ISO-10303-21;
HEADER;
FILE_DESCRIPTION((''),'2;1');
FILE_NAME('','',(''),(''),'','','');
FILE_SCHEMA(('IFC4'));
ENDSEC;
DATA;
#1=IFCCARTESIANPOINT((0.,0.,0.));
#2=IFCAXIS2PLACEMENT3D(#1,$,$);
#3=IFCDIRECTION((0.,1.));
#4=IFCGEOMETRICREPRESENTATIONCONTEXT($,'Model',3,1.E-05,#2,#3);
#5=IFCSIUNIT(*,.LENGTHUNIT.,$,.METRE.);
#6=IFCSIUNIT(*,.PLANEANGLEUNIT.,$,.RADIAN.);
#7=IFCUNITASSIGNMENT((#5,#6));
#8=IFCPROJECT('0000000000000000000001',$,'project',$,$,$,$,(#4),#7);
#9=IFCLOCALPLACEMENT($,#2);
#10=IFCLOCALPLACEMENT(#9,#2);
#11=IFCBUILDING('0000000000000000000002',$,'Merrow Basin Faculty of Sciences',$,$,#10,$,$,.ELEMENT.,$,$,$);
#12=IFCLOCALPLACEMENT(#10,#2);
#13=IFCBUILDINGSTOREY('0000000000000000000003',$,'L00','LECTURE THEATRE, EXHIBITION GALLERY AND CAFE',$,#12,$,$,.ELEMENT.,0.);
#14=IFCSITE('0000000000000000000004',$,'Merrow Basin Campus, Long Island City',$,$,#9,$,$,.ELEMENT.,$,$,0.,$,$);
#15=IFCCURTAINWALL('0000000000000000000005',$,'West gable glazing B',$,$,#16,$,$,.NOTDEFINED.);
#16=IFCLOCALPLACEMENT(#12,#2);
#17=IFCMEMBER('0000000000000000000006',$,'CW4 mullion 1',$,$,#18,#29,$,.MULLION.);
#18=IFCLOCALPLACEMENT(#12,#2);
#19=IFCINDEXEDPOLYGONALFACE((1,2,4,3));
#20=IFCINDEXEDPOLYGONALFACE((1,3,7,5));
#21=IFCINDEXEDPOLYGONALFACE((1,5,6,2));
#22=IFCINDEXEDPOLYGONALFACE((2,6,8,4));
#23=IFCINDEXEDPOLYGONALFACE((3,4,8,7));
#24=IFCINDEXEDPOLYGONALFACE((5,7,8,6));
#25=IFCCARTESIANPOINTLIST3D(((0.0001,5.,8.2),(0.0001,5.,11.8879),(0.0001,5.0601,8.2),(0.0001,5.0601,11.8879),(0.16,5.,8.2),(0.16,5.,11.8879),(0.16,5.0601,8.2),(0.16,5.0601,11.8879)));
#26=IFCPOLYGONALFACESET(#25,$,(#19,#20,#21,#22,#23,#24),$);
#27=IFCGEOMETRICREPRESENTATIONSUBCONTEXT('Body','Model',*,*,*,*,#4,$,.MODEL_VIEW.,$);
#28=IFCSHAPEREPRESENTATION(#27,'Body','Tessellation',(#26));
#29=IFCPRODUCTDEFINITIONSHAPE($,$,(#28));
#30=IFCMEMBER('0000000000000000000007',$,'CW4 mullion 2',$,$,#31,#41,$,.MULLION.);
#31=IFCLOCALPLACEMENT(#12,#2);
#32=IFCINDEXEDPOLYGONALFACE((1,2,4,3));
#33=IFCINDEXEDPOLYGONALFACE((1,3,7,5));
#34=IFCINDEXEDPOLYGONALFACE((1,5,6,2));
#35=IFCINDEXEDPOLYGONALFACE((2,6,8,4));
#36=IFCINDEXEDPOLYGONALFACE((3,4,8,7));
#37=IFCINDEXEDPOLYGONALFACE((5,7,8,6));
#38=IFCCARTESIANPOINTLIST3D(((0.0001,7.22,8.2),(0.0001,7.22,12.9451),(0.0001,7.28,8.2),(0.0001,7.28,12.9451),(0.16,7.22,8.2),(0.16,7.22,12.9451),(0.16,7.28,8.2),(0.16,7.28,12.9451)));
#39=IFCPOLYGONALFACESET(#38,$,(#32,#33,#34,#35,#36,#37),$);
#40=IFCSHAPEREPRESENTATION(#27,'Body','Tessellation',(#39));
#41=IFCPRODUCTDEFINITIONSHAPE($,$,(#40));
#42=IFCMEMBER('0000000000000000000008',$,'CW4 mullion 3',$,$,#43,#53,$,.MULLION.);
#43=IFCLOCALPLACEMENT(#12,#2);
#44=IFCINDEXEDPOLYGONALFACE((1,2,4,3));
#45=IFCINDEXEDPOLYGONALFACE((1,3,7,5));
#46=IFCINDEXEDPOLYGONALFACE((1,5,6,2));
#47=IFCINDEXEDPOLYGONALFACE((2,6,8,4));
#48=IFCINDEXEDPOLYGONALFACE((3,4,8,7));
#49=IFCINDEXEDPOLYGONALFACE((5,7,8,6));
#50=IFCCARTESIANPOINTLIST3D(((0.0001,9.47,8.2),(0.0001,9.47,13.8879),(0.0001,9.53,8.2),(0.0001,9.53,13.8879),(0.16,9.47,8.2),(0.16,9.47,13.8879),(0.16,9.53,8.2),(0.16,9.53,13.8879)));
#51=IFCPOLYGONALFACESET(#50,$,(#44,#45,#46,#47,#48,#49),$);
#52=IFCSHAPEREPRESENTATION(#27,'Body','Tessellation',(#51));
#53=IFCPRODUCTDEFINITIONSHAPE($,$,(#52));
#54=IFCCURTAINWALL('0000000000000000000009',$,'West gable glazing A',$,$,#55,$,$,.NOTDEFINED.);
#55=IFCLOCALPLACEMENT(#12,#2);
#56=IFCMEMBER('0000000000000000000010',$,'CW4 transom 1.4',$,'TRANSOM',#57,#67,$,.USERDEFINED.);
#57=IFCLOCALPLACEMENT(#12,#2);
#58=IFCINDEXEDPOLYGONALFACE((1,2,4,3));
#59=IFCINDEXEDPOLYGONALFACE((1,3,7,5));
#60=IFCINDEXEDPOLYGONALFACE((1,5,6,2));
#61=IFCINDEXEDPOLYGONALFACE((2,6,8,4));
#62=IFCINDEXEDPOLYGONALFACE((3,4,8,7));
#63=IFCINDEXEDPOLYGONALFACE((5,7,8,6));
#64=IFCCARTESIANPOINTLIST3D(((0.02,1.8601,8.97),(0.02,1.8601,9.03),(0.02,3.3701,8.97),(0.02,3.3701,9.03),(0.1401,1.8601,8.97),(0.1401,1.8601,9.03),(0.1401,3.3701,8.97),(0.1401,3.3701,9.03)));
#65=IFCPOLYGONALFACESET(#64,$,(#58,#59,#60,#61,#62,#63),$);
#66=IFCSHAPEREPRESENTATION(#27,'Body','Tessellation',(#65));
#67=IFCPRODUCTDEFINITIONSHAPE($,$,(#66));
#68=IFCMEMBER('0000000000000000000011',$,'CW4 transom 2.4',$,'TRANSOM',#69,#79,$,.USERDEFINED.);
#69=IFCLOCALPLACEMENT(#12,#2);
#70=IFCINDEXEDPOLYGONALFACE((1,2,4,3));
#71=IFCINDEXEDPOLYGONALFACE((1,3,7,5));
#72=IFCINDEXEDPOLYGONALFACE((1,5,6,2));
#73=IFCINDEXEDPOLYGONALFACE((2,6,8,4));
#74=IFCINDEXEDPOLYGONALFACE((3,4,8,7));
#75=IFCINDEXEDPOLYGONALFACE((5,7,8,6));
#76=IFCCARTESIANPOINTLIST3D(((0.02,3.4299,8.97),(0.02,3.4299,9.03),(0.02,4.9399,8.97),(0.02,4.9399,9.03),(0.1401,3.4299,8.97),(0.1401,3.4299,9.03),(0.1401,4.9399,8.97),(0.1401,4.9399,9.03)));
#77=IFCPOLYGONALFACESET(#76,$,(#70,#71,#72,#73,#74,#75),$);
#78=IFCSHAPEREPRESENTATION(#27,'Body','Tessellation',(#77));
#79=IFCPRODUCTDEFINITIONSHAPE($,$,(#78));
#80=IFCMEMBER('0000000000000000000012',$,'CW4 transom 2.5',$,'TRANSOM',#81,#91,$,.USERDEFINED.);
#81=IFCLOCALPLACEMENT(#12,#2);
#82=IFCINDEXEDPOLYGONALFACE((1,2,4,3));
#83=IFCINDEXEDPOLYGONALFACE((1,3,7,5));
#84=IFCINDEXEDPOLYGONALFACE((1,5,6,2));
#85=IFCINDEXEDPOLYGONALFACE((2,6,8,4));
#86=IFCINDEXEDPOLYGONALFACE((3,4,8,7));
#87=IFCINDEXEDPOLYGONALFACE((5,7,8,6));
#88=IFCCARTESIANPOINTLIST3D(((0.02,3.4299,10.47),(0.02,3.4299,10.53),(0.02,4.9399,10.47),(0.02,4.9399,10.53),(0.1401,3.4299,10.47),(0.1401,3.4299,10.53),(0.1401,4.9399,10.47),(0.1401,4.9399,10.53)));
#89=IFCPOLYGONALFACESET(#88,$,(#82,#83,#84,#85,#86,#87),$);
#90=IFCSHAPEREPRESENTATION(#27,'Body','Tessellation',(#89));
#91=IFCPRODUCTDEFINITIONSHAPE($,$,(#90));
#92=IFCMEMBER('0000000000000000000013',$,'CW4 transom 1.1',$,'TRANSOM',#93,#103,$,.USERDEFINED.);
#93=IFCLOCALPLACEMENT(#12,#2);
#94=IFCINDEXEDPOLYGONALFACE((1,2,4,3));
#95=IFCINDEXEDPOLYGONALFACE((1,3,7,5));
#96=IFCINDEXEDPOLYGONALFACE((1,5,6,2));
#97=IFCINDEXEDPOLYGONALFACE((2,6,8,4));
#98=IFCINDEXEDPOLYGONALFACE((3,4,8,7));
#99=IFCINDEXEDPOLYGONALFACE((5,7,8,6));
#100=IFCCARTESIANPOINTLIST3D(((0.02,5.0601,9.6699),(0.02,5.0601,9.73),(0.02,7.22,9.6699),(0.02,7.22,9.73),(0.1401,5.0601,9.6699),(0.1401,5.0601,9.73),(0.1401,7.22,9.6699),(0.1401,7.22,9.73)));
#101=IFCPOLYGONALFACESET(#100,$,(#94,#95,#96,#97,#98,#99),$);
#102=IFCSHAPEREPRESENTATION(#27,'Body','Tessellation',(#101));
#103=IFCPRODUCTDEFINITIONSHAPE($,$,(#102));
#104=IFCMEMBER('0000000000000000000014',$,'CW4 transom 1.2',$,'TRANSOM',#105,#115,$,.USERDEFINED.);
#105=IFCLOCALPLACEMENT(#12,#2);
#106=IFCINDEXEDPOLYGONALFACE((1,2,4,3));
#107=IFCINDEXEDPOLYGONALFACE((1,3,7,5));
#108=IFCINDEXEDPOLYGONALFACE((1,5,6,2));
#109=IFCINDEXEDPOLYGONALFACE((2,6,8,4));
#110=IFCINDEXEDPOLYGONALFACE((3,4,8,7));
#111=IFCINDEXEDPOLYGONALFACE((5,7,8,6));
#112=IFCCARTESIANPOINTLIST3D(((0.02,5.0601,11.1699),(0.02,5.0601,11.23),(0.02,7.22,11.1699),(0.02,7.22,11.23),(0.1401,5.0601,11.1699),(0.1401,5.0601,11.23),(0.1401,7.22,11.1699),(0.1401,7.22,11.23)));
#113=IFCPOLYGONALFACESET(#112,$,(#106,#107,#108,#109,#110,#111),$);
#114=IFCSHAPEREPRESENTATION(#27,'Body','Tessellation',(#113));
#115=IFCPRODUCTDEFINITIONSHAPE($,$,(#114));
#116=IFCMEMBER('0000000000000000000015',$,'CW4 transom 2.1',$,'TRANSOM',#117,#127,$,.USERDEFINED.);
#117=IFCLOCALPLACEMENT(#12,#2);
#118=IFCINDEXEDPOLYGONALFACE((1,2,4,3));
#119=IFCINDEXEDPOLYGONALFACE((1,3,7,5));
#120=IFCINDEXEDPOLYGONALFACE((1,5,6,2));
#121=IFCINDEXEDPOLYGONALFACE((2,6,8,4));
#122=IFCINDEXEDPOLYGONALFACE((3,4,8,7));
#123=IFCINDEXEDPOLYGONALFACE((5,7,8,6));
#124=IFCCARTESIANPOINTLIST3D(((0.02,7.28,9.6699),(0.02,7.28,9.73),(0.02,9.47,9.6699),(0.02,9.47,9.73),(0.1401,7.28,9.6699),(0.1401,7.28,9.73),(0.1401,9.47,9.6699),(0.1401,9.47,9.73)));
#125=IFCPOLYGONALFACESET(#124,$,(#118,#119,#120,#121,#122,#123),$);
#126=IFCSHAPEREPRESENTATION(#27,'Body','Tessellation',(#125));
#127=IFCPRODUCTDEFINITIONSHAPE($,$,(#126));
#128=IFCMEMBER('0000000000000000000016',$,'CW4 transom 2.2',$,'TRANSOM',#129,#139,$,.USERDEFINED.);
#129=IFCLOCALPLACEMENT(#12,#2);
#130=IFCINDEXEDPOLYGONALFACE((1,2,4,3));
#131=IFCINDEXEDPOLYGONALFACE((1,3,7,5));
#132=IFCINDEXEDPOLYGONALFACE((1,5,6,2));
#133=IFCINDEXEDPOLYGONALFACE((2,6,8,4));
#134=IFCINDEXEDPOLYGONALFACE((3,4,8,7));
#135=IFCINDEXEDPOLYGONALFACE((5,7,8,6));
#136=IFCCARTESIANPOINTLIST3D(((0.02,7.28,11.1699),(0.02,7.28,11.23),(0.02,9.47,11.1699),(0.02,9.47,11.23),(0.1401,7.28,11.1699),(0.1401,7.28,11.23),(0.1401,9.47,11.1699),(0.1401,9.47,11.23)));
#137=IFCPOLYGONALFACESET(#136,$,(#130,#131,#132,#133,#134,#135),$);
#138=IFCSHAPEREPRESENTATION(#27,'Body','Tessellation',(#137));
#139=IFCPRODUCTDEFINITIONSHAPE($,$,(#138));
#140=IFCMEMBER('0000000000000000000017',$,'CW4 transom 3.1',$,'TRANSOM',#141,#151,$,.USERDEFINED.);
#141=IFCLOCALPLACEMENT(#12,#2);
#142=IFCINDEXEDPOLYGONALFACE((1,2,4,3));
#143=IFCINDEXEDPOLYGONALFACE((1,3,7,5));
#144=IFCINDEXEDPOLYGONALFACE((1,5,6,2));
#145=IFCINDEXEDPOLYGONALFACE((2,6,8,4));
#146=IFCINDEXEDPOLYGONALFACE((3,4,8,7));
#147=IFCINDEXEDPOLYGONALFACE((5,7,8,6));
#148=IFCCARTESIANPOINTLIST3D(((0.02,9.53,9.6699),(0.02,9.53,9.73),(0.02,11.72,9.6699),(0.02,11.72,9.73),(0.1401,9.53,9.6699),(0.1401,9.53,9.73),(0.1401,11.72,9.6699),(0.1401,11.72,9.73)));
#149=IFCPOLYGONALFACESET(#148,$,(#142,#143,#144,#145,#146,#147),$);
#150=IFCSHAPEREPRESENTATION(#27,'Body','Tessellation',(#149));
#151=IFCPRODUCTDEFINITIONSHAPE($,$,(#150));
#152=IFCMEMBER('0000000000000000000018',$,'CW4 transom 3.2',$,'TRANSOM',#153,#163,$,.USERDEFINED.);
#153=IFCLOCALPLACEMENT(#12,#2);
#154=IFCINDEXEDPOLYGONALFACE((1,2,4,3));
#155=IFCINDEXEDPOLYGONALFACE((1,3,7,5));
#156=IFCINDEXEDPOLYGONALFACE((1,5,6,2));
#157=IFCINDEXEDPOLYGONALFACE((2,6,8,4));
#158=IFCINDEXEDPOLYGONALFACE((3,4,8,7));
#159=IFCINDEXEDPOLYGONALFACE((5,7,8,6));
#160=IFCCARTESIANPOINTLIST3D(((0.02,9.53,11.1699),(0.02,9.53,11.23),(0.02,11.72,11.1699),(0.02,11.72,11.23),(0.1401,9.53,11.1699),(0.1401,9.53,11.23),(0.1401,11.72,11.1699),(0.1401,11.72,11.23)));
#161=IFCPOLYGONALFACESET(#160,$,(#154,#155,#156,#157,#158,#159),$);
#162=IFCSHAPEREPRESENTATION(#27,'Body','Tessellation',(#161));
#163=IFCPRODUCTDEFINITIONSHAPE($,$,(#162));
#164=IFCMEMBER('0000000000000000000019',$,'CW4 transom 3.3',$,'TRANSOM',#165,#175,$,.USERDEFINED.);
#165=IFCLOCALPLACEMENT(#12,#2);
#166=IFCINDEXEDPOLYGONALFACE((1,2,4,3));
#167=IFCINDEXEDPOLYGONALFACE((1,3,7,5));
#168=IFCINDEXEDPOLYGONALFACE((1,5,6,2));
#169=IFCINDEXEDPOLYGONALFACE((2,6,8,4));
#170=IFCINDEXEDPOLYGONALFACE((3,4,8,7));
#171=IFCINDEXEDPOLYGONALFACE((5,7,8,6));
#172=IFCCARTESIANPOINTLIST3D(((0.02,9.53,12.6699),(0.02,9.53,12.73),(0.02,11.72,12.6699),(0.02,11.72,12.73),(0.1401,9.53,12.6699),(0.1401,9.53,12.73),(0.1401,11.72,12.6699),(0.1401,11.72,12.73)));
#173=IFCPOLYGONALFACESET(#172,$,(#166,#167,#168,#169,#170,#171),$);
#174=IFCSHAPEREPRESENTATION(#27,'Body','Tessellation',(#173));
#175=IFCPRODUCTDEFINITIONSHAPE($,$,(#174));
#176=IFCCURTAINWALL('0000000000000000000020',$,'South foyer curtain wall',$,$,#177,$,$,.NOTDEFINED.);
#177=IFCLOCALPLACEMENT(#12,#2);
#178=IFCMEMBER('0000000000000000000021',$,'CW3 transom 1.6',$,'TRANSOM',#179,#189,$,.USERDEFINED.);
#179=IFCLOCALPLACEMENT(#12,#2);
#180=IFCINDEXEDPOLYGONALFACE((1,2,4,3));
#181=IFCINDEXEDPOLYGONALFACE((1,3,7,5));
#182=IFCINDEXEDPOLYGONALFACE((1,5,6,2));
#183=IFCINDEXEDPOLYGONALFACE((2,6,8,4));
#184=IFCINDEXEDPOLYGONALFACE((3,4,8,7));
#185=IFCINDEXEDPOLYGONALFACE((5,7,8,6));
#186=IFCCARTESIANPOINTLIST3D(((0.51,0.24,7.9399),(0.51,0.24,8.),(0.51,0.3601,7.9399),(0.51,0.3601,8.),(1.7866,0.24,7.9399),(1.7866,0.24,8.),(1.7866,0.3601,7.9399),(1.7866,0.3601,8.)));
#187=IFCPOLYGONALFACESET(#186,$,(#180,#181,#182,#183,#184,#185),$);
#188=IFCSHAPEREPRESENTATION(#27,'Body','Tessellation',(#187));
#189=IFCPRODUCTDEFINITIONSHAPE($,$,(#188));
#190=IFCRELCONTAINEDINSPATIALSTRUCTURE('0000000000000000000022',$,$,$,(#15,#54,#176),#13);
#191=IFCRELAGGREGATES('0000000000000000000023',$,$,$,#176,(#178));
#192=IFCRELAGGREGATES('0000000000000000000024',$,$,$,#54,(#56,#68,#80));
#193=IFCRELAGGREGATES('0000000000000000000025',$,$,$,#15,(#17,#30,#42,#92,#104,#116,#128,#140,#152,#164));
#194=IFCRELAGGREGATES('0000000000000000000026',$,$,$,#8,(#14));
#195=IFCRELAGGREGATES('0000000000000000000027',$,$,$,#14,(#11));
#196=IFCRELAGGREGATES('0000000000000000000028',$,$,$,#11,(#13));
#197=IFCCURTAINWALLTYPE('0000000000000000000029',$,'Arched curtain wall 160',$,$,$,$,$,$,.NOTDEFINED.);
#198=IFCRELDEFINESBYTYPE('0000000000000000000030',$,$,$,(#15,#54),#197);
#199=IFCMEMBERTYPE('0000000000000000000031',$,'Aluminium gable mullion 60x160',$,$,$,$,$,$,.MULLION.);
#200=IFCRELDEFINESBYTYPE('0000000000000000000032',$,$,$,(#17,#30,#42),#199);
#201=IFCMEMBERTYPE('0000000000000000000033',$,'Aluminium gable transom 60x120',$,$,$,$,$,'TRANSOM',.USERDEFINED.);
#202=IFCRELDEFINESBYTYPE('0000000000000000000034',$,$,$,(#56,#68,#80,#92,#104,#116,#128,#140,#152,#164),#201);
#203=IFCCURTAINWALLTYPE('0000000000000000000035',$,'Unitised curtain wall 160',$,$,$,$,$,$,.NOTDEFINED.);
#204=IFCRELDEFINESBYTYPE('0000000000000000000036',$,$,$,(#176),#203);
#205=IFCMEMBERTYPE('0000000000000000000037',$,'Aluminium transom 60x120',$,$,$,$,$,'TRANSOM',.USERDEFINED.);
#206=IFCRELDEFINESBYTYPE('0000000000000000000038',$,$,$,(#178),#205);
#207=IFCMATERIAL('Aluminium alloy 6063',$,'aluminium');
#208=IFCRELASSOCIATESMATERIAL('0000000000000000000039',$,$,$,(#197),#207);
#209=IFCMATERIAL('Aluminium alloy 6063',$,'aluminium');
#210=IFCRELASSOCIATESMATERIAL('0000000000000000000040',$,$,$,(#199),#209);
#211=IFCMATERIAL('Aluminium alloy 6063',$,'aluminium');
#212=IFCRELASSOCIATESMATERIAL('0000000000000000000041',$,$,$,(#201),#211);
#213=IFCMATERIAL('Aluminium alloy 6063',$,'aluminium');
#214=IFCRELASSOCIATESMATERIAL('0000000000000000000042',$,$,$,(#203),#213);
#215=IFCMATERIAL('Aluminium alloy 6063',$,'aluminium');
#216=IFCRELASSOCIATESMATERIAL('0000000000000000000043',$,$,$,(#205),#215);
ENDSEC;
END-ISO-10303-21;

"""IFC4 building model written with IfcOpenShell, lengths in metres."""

from ifc_helpers import new_model, si_unit, direction, frame, origin, origin_2d, place, context, subcontext, project, spatial, rectangle, extrude, material, material_profile, profile_set, type_object, element, aggregate, save


model = new_model("IFC4")

# Units and contexts
model_context = context("Model", 3, precision=1e-05, world=origin(), true_north=direction((0.0, 1.0)))
body_context = subcontext(model_context, "Body", "Model", "MODEL_VIEW")
ifc_project = project(units=[si_unit("LENGTHUNIT", "METRE"), si_unit("PLANEANGLEUNIT", "RADIAN")], contexts=[model_context])

# Site, building, storey
site_placement = place(None, origin())
site = spatial("IfcSite", under=ifc_project, at=site_placement, Name="Merrow Basin Campus, Long Island City", CompositionType="ELEMENT", RefElevation=0.0)
building_placement = place(site_placement, origin())
building = spatial("IfcBuilding", under=site, at=building_placement, Name="Merrow Basin Faculty of Sciences", CompositionType="ELEMENT")
storey_placement = place(building_placement, origin())
storey = spatial("IfcBuildingStorey", under=building, at=storey_placement, Name="L00", Description="LECTURE THEATRE, EXHIBITION GALLERY AND CAFE", CompositionType="ELEMENT", Elevation=0.0)

# Curtain walls, members
ifc_material_1 = material(Name="Aluminium alloy 6063", Category="aluminium")
curtain_wall_type_1 = type_object("IfcCurtainWallType", Name="Arched curtain wall 160", PredefinedType="NOTDEFINED", material=ifc_material_1)
curtain_wall_1_placement = place(storey_placement, origin())
curtain_wall_1 = element("IfcCurtainWall", 1, at=curtain_wall_1_placement, inside=storey, type_object=curtain_wall_type_1, Name="West gable glazing B", PredefinedType="NOTDEFINED")
ifc_material_2 = material(Name="Aluminium alloy 6063", Category="aluminium")
ifc_material_profile_1 = material_profile(ifc_material_2, rectangle(XDim=0.1599, YDim=0.0601, at=origin_2d()))
ifc_profile_set_1 = profile_set([ifc_material_profile_1], Name="Aluminium alloy 6063")
member_type_1 = type_object("IfcMemberType", Name="Aluminium gable mullion 60x160", PredefinedType="MULLION", material=ifc_profile_set_1)
member_1_placement = place(storey_placement, frame((0.0801, 5.03, 8.2), z_axis=(0.0, 0.0, 1.0), x_axis=(1.0, 0.0, 0.0)))
member_1 = element("IfcMember", 2, at=member_1_placement, type_object=member_type_1, Name="CW4 mullion 1", PredefinedType="MULLION", context=body_context, shape_type="SweptSolid", body=[
    extrude(rectangle(XDim=0.1599, YDim=0.0601, at=origin_2d()), origin(), (0.0, 0.0, 1.0), 3.688),
])
member_2_placement = place(storey_placement, frame((0.0801, 7.25, 8.2), z_axis=(0.0, 0.0, 1.0), x_axis=(1.0, 0.0, 0.0)))
member_2 = element("IfcMember", 3, at=member_2_placement, type_object=member_type_1, Name="CW4 mullion 2", PredefinedType="MULLION", context=body_context, shape_type="SweptSolid", body=[
    extrude(rectangle(XDim=0.1599, YDim=0.0601, at=origin_2d()), origin(), (0.0, 0.0, 1.0), 4.7451),
])
member_3_placement = place(storey_placement, frame((0.0801, 9.5, 8.2), z_axis=(0.0, 0.0, 1.0), x_axis=(1.0, 0.0, 0.0)))
member_3 = element("IfcMember", 4, at=member_3_placement, type_object=member_type_1, Name="CW4 mullion 3", PredefinedType="MULLION", context=body_context, shape_type="SweptSolid", body=[
    extrude(rectangle(XDim=0.1599, YDim=0.0601, at=origin_2d()), origin(), (0.0, 0.0, 1.0), 5.688),
])
curtain_wall_2_placement = place(storey_placement, origin())
curtain_wall_2 = element("IfcCurtainWall", 5, at=curtain_wall_2_placement, inside=storey, type_object=curtain_wall_type_1, Name="West gable glazing A", PredefinedType="NOTDEFINED")
ifc_material_3 = material(Name="Aluminium alloy 6063", Category="aluminium")
ifc_material_profile_2 = material_profile(ifc_material_3, rectangle(XDim=0.1201, YDim=0.0601, at=origin_2d()))
ifc_profile_set_2 = profile_set([ifc_material_profile_2], Name="Aluminium alloy 6063")
member_type_2 = type_object("IfcMemberType", Name="Aluminium gable transom 60x120", ElementType="TRANSOM", PredefinedType="USERDEFINED", material=ifc_profile_set_2)
member_4_placement = place(storey_placement, frame((0.0801, 1.8601, 9.0), z_axis=(0.0, 1.0, 0.0), x_axis=(-1.0, 0.0, 0.0)))
member_4 = element("IfcMember", 6, at=member_4_placement, type_object=member_type_2, Name="CW4 transom 1.4", ObjectType="TRANSOM", PredefinedType="USERDEFINED", context=body_context, shape_type="SweptSolid", body=[
    extrude(rectangle(XDim=0.1201, YDim=0.0601, at=origin_2d()), origin(), (0.0, 0.0, 1.0), 1.51),
])
member_5_placement = place(storey_placement, frame((0.0801, 3.4299, 9.0), z_axis=(0.0, 1.0, 0.0), x_axis=(-1.0, 0.0, 0.0)))
member_5 = element("IfcMember", 7, at=member_5_placement, type_object=member_type_2, Name="CW4 transom 2.4", ObjectType="TRANSOM", PredefinedType="USERDEFINED", context=body_context, shape_type="SweptSolid", body=[
    extrude(rectangle(XDim=0.1201, YDim=0.0601, at=origin_2d()), origin(), (0.0, 0.0, 1.0), 1.51),
])
member_6_placement = place(storey_placement, frame((0.0801, 3.4299, 10.5), z_axis=(0.0, 1.0, 0.0), x_axis=(-1.0, 0.0, 0.0)))
member_6 = element("IfcMember", 8, at=member_6_placement, type_object=member_type_2, Name="CW4 transom 2.5", ObjectType="TRANSOM", PredefinedType="USERDEFINED", context=body_context, shape_type="SweptSolid", body=[
    extrude(rectangle(XDim=0.1201, YDim=0.0601, at=origin_2d()), origin(), (0.0, 0.0, 1.0), 1.51),
])

# Members
member_7_placement = place(storey_placement, frame((0.0801, 5.0601, 9.7), z_axis=(0.0, 1.0, 0.0), x_axis=(-1.0, 0.0, 0.0)))
member_7 = element("IfcMember", 9, at=member_7_placement, type_object=member_type_2, Name="CW4 transom 1.1", ObjectType="TRANSOM", PredefinedType="USERDEFINED", context=body_context, shape_type="SweptSolid", body=[
    extrude(rectangle(XDim=0.1201, YDim=0.0601, at=origin_2d()), origin(), (0.0, 0.0, 1.0), 2.1599),
])
member_8_placement = place(storey_placement, frame((0.0801, 5.0601, 11.2), z_axis=(0.0, 1.0, 0.0), x_axis=(-1.0, 0.0, 0.0)))
member_8 = element("IfcMember", 10, at=member_8_placement, type_object=member_type_2, Name="CW4 transom 1.2", ObjectType="TRANSOM", PredefinedType="USERDEFINED", context=body_context, shape_type="SweptSolid", body=[
    extrude(rectangle(XDim=0.1201, YDim=0.0601, at=origin_2d()), origin(), (0.0, 0.0, 1.0), 2.1599),
])
member_9_placement = place(storey_placement, frame((0.0801, 7.28, 9.7), z_axis=(0.0, 1.0, 0.0), x_axis=(-1.0, 0.0, 0.0)))
member_9 = element("IfcMember", 11, at=member_9_placement, type_object=member_type_2, Name="CW4 transom 2.1", ObjectType="TRANSOM", PredefinedType="USERDEFINED", context=body_context, shape_type="SweptSolid", body=[
    extrude(rectangle(XDim=0.1201, YDim=0.0601, at=origin_2d()), origin(), (0.0, 0.0, 1.0), 2.1899),
])
member_10_placement = place(storey_placement, frame((0.0801, 7.28, 11.2), z_axis=(0.0, 1.0, 0.0), x_axis=(-1.0, 0.0, 0.0)))
member_10 = element("IfcMember", 12, at=member_10_placement, type_object=member_type_2, Name="CW4 transom 2.2", ObjectType="TRANSOM", PredefinedType="USERDEFINED", context=body_context, shape_type="SweptSolid", body=[
    extrude(rectangle(XDim=0.1201, YDim=0.0601, at=origin_2d()), origin(), (0.0, 0.0, 1.0), 2.1899),
])
member_11_placement = place(storey_placement, frame((0.0801, 9.53, 9.7), z_axis=(0.0, 1.0, 0.0), x_axis=(-1.0, 0.0, 0.0)))
member_11 = element("IfcMember", 13, at=member_11_placement, type_object=member_type_2, Name="CW4 transom 3.1", ObjectType="TRANSOM", PredefinedType="USERDEFINED", context=body_context, shape_type="SweptSolid", body=[
    extrude(rectangle(XDim=0.1201, YDim=0.0601, at=origin_2d()), origin(), (0.0, 0.0, 1.0), 2.1899),
])
member_12_placement = place(storey_placement, frame((0.0801, 9.53, 11.2), z_axis=(0.0, 1.0, 0.0), x_axis=(-1.0, 0.0, 0.0)))
member_12 = element("IfcMember", 14, at=member_12_placement, type_object=member_type_2, Name="CW4 transom 3.2", ObjectType="TRANSOM", PredefinedType="USERDEFINED", context=body_context, shape_type="SweptSolid", body=[
    extrude(rectangle(XDim=0.1201, YDim=0.0601, at=origin_2d()), origin(), (0.0, 0.0, 1.0), 2.1899),
])
member_13_placement = place(storey_placement, frame((0.0801, 9.53, 12.7), z_axis=(0.0, 1.0, 0.0), x_axis=(-1.0, 0.0, 0.0)))
member_13 = element("IfcMember", 15, at=member_13_placement, type_object=member_type_2, Name="CW4 transom 3.3", ObjectType="TRANSOM", PredefinedType="USERDEFINED", context=body_context, shape_type="SweptSolid", body=[
    extrude(rectangle(XDim=0.1201, YDim=0.0601, at=origin_2d()), origin(), (0.0, 0.0, 1.0), 2.1899),
])

# Curtain wall, member
ifc_material_4 = material(Name="Aluminium alloy 6063", Category="aluminium")
curtain_wall_type_2 = type_object("IfcCurtainWallType", Name="Unitised curtain wall 160", PredefinedType="NOTDEFINED", material=ifc_material_4)
curtain_wall_3_placement = place(storey_placement, origin())
curtain_wall_3 = element("IfcCurtainWall", 16, at=curtain_wall_3_placement, inside=storey, type_object=curtain_wall_type_2, Name="South foyer curtain wall", PredefinedType="NOTDEFINED")
ifc_material_5 = material(Name="Aluminium alloy 6063", Category="aluminium")
ifc_material_profile_3 = material_profile(ifc_material_5, rectangle(XDim=0.1201, YDim=0.0601, at=origin_2d()))
ifc_profile_set_3 = profile_set([ifc_material_profile_3], Name="Aluminium alloy 6063")
member_type_3 = type_object("IfcMemberType", Name="Aluminium transom 60x120", ElementType="TRANSOM", PredefinedType="USERDEFINED", material=ifc_profile_set_3)
member_14_placement = place(storey_placement, frame((0.51, 0.3, 7.97), z_axis=(1.0, 0.0, 0.0), x_axis=(0.0, 1.0, 0.0)))
member_14 = element("IfcMember", 17, at=member_14_placement, type_object=member_type_3, Name="CW3 transom 1.6", ObjectType="TRANSOM", PredefinedType="USERDEFINED", context=body_context, shape_type="SweptSolid", body=[
    extrude(rectangle(XDim=0.1201, YDim=0.0601, at=origin_2d()), origin(), (0.0, 0.0, 1.0), 1.2766),
])
aggregate(curtain_wall_3, [member_14])

aggregate(curtain_wall_2, [member_4, member_5, member_6])
aggregate(curtain_wall_1, [member_1, member_2, member_3, member_7, member_8, member_9, member_10, member_11, member_12, member_13])

save(model, "model.ifc")
